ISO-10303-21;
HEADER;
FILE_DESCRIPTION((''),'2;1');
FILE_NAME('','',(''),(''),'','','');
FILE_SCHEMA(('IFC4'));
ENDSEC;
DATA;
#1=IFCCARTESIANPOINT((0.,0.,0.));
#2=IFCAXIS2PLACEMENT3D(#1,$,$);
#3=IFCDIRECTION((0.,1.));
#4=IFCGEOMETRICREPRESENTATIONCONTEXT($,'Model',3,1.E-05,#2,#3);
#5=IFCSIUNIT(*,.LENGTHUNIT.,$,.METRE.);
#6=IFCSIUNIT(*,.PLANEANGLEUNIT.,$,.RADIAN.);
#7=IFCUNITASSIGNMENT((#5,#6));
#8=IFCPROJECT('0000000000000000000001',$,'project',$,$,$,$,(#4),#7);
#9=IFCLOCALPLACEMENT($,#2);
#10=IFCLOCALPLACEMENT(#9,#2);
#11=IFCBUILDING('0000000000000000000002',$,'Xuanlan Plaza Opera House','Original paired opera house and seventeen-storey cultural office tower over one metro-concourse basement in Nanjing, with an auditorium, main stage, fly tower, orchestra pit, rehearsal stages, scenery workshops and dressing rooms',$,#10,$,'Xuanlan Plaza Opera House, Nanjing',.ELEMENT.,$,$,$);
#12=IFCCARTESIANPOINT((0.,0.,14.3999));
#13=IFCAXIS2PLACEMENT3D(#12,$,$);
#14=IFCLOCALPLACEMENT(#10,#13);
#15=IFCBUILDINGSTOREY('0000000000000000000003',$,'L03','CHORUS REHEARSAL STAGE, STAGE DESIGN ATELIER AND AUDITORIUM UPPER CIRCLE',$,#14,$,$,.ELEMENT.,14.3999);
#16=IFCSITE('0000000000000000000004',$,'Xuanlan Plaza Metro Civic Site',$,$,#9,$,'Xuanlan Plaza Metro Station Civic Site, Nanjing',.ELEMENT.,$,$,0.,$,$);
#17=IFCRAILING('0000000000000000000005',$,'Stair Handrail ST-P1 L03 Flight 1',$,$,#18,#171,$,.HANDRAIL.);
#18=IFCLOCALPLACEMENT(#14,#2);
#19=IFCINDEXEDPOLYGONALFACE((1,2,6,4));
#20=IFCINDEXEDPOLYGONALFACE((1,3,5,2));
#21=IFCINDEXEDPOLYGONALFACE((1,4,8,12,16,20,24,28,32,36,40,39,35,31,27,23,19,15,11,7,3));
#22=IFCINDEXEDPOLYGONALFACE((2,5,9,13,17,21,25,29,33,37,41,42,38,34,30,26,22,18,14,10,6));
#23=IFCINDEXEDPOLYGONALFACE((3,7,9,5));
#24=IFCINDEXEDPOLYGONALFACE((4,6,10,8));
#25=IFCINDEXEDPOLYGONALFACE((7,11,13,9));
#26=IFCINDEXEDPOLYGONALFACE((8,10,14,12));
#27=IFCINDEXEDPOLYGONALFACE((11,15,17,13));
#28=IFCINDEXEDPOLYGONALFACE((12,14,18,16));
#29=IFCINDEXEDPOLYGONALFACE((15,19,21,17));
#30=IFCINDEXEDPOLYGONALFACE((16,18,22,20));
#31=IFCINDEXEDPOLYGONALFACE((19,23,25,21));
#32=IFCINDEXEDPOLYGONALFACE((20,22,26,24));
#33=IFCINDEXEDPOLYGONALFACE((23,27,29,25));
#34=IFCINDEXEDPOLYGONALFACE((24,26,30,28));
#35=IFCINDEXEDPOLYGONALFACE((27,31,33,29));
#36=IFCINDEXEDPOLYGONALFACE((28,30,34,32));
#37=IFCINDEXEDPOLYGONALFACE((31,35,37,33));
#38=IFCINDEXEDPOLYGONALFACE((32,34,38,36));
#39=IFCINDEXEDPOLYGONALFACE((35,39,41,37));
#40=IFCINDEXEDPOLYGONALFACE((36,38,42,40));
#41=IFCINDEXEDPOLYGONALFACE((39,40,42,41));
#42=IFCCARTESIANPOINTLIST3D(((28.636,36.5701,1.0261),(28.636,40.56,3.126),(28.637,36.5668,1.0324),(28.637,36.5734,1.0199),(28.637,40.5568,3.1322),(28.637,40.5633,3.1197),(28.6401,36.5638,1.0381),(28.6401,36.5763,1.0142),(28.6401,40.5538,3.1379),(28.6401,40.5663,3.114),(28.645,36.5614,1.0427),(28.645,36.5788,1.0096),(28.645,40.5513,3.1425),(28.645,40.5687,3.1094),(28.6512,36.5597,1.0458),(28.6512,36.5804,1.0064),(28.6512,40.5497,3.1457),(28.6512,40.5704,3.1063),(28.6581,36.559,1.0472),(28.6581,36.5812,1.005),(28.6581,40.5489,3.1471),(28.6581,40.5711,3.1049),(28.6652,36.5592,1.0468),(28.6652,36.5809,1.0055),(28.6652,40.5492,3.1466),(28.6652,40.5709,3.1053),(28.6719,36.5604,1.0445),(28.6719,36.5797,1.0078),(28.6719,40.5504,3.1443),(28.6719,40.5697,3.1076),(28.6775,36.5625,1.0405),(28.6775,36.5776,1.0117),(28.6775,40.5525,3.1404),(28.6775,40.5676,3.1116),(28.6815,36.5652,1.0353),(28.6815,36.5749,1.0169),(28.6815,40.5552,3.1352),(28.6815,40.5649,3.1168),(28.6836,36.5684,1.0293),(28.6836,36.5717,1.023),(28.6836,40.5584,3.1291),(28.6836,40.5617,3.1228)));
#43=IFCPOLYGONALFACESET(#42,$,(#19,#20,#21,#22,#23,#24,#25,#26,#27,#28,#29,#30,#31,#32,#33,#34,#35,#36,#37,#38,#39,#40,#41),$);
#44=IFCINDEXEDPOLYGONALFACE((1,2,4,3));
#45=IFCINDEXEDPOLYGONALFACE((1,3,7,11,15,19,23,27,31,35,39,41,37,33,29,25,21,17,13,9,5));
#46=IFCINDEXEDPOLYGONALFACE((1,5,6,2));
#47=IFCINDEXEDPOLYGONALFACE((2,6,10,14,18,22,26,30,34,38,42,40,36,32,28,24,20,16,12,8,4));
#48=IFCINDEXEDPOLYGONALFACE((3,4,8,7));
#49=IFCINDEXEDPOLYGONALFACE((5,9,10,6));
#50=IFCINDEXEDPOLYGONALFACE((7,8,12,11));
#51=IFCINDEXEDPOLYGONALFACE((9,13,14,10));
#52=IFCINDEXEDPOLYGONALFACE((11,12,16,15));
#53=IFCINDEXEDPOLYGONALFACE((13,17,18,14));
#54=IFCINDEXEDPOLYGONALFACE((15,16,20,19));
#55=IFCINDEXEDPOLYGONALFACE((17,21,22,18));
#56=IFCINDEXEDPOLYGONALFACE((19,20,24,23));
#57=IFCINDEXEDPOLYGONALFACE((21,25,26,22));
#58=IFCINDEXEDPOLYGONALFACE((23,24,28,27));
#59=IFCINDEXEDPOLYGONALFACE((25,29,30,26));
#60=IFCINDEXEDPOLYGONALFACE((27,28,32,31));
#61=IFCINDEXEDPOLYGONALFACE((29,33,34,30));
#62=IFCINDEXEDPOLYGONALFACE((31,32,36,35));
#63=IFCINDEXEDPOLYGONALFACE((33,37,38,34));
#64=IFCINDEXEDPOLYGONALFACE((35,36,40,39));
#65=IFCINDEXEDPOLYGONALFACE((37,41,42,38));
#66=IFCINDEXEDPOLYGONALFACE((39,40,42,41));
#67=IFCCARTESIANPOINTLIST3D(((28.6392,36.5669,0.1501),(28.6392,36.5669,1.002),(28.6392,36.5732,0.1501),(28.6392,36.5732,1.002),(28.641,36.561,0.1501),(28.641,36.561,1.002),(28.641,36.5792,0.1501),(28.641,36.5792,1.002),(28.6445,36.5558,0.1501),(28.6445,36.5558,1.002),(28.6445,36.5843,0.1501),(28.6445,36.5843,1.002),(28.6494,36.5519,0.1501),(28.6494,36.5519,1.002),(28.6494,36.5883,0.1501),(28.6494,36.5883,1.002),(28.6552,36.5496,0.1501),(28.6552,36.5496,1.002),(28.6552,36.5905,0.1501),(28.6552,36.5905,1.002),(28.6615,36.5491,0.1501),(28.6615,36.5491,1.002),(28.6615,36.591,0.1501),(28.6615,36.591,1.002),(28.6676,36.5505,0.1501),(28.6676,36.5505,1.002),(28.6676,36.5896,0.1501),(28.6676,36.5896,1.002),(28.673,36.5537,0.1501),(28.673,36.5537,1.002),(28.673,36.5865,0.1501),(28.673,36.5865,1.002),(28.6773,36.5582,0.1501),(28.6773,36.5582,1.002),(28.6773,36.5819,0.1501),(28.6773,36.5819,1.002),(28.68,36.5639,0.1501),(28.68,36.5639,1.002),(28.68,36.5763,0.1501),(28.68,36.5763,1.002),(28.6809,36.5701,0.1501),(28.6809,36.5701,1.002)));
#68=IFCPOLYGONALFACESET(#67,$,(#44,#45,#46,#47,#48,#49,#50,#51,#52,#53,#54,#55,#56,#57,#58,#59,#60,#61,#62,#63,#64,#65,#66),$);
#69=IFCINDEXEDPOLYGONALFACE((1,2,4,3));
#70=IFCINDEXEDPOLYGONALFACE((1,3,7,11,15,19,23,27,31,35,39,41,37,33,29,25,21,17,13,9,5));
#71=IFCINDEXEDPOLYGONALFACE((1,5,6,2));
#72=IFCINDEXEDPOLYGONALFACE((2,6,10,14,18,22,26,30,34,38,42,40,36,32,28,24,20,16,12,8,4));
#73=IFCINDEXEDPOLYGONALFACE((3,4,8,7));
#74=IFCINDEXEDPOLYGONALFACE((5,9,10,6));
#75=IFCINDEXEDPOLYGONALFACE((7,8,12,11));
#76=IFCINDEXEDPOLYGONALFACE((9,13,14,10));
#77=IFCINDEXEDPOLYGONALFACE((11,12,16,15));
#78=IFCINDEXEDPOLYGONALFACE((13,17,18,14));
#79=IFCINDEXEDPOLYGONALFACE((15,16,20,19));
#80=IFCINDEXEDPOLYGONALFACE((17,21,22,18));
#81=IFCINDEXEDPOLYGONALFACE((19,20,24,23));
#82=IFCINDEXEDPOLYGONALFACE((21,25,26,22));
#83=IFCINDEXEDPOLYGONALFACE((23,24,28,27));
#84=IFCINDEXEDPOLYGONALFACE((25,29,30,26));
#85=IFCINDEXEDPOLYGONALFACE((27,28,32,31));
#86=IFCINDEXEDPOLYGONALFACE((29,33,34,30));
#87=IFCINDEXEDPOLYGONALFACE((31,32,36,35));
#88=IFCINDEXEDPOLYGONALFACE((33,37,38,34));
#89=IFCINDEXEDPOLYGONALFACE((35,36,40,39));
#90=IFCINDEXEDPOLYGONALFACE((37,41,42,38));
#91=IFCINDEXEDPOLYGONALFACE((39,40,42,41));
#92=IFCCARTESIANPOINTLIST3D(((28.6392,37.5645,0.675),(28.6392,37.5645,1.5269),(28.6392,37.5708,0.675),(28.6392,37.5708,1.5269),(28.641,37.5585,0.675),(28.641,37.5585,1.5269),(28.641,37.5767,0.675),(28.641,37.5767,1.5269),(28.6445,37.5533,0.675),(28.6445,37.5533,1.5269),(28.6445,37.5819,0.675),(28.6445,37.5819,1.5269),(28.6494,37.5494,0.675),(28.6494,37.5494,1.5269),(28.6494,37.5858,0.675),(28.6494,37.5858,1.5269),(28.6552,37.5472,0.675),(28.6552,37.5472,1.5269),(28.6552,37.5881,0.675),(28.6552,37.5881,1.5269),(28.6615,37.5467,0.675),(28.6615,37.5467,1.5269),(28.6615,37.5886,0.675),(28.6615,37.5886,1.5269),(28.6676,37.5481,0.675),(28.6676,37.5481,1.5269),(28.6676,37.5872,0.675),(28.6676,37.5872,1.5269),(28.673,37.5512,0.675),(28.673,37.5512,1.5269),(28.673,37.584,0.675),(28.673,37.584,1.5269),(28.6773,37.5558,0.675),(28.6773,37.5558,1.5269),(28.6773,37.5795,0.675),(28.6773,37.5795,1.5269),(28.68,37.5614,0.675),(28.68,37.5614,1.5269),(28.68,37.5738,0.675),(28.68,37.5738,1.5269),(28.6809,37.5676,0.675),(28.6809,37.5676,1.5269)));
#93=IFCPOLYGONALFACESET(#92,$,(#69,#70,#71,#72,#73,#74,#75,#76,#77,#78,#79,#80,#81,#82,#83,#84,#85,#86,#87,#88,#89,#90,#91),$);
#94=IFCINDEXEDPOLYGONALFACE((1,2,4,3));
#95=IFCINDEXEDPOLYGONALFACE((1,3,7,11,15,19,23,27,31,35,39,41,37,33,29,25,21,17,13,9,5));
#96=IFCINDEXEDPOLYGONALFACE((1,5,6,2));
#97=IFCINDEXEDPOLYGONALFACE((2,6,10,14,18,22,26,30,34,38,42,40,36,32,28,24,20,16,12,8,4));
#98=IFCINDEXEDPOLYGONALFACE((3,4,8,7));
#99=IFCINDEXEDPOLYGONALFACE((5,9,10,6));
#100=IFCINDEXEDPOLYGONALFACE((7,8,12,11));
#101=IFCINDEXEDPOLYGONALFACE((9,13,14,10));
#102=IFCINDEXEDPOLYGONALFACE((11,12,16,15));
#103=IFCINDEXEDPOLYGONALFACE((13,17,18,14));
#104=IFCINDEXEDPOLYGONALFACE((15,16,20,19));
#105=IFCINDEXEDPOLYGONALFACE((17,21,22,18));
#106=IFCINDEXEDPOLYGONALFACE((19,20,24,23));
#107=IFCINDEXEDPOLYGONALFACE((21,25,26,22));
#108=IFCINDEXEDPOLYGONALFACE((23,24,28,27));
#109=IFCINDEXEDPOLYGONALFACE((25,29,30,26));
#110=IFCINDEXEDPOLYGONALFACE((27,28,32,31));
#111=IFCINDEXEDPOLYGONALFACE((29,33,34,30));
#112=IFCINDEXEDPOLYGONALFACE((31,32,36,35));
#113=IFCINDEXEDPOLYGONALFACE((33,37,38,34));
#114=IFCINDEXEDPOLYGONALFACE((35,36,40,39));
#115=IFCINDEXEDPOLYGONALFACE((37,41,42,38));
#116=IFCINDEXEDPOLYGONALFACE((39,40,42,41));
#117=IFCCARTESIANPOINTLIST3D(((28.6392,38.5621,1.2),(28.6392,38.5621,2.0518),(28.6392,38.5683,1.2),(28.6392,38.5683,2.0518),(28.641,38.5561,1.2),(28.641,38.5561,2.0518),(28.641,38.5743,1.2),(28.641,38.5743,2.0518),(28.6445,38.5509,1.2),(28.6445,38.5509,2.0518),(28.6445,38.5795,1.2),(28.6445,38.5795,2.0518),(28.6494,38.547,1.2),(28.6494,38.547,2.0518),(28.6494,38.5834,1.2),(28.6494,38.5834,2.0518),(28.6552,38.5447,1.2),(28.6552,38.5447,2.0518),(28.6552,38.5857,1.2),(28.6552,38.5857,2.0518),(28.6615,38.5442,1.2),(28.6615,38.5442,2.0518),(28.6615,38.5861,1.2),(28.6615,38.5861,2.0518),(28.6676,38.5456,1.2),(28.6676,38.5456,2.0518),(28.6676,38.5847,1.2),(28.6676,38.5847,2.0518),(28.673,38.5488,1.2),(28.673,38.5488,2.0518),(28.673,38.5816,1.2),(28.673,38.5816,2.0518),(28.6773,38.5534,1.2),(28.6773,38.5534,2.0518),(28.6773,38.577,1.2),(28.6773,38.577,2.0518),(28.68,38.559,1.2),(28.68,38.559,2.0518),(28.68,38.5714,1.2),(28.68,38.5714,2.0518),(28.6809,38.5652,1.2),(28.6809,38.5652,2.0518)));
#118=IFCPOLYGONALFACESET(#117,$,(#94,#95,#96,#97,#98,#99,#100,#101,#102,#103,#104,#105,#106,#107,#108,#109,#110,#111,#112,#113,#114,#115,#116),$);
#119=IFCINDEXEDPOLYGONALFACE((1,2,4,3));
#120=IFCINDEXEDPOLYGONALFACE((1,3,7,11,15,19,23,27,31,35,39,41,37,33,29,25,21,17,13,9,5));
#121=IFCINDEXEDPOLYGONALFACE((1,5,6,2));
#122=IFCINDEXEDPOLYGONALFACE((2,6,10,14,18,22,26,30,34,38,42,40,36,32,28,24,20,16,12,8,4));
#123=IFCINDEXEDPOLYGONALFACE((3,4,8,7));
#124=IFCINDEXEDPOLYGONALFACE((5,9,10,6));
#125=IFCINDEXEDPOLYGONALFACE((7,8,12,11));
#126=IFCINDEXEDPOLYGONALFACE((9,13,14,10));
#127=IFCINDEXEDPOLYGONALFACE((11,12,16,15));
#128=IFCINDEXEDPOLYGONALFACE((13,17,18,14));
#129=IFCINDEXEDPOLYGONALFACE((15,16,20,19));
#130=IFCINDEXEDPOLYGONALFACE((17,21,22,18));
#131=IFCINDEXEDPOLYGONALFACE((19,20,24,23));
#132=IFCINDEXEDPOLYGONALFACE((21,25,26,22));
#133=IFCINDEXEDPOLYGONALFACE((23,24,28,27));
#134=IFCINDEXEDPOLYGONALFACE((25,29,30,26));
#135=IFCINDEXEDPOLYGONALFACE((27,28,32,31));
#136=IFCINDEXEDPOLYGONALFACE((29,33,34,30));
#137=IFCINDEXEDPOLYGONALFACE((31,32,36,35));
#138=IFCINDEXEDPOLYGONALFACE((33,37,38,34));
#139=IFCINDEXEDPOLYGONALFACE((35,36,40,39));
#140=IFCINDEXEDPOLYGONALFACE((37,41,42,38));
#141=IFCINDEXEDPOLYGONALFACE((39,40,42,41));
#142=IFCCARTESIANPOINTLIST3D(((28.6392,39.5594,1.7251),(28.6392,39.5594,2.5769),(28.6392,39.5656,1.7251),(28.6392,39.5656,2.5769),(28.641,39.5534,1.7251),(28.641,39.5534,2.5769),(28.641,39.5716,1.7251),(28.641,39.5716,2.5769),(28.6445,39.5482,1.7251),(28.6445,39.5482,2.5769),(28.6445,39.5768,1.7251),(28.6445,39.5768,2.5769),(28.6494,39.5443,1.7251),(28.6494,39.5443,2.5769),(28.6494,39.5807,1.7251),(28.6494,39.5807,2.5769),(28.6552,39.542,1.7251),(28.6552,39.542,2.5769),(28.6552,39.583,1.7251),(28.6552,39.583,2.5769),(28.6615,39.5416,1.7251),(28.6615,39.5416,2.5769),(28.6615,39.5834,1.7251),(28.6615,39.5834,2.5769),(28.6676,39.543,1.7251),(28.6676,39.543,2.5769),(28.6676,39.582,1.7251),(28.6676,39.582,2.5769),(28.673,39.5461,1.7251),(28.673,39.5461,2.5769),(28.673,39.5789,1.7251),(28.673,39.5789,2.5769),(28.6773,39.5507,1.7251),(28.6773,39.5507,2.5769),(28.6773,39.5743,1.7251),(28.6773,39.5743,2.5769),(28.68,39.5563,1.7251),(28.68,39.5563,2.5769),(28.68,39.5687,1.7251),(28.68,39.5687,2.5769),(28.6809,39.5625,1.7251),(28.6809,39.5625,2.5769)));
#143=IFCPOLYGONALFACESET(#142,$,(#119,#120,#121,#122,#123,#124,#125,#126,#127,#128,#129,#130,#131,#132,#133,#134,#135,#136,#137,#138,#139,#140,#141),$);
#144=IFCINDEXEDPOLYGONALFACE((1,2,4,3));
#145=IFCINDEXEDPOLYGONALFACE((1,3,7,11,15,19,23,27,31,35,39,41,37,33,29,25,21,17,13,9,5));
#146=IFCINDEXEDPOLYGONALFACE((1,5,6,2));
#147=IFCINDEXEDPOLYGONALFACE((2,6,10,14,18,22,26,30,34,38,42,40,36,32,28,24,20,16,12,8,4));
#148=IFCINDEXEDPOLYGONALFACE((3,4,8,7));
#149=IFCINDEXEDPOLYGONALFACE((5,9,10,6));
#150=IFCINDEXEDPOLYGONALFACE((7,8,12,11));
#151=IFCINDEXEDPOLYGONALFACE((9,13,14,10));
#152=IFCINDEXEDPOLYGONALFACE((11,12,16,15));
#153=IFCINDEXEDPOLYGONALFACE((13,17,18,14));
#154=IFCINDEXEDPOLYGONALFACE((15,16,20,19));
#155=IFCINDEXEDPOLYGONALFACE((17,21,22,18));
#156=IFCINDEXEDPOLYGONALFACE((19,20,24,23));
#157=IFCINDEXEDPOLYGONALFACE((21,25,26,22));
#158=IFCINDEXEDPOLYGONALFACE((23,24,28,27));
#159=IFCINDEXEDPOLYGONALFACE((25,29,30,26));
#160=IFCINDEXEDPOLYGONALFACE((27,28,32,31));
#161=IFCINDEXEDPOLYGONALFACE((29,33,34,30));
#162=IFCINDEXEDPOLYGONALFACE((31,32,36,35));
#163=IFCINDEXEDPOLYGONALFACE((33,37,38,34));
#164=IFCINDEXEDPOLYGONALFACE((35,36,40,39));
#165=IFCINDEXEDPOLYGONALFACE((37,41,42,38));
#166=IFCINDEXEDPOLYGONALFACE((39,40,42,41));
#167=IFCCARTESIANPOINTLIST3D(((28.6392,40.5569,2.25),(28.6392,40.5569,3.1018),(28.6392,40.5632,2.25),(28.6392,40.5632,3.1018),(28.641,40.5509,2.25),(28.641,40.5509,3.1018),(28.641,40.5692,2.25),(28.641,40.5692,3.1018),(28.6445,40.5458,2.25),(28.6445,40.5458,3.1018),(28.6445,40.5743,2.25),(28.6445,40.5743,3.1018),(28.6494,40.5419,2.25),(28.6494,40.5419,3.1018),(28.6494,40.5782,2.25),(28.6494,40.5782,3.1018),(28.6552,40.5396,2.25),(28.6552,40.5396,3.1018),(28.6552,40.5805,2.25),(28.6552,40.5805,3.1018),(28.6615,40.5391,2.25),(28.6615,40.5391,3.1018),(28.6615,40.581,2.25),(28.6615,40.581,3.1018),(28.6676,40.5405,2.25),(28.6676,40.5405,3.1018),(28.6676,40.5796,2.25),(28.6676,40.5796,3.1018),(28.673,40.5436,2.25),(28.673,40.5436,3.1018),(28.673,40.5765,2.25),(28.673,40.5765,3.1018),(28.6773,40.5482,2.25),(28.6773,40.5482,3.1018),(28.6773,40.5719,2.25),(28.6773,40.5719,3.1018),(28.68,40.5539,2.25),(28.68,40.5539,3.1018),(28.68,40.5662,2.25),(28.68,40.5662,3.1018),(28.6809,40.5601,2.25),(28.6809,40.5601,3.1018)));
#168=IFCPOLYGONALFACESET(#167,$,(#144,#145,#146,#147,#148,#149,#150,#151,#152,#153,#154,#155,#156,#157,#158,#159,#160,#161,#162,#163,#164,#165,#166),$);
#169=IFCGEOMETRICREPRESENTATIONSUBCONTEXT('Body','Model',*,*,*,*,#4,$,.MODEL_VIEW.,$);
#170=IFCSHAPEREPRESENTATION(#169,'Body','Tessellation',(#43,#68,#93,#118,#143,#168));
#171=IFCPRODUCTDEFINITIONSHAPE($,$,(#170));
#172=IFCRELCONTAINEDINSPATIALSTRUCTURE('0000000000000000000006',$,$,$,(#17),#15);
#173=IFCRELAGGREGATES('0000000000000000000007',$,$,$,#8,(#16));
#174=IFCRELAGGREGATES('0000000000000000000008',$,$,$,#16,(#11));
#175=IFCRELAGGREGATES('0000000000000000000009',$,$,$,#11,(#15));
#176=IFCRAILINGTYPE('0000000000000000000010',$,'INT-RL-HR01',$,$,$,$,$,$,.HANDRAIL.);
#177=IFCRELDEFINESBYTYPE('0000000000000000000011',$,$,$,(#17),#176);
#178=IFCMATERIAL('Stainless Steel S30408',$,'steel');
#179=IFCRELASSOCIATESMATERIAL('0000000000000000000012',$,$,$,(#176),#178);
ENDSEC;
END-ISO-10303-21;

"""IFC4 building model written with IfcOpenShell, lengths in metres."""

from ifc_helpers import new_model, si_unit, direction, frame, origin, origin_2d, place, context, subcontext, project, spatial, circle, extrude, material, type_object, element, save


model = new_model("IFC4")

# Units and contexts
model_context = context("Model", 3, precision=1e-05, world=origin(), true_north=direction((0.0, 1.0)))
body_context = subcontext(model_context, "Body", "Model", "MODEL_VIEW")
ifc_project = project(units=[si_unit("LENGTHUNIT", "METRE"), si_unit("PLANEANGLEUNIT", "RADIAN")], contexts=[model_context])

# Site, building, storey
site_placement = place(None, origin())
site = spatial("IfcSite", under=ifc_project, at=site_placement, Name="Xuanlan Plaza Metro Civic Site", LongName="Xuanlan Plaza Metro Station Civic Site, Nanjing", CompositionType="ELEMENT", RefElevation=0.0)
building_placement = place(site_placement, origin())
building = spatial("IfcBuilding", under=site, at=building_placement, Name="Xuanlan Plaza Opera House", Description="Original paired opera house and seventeen-storey cultural office tower over one metro-concourse basement in Nanjing, with an auditorium, main stage, fly tower, orchestra pit, rehearsal stages, scenery workshops and dressing rooms", LongName="Xuanlan Plaza Opera House, Nanjing", CompositionType="ELEMENT")
storey_placement = place(building_placement, frame((0.0, 0.0, 14.3999)))
storey = spatial("IfcBuildingStorey", under=building, at=storey_placement, Name="L03", Description="CHORUS REHEARSAL STAGE, STAGE DESIGN ATELIER AND AUDITORIUM UPPER CIRCLE", CompositionType="ELEMENT", Elevation=14.3999)

# Railing
ifc_material_1 = material(Name="Stainless Steel S30408", Category="steel")
railing_type = type_object("IfcRailingType", Name="INT-RL-HR01", PredefinedType="HANDRAIL", material=ifc_material_1)
railing_placement = place(storey_placement, frame((28.6599, 36.5701, 0.1501)))
element("IfcRailing", 1, at=railing_placement, inside=storey, type_object=railing_type, Name="Stair Handrail ST-P1 L03 Flight 1", PredefinedType="HANDRAIL", context=body_context, shape_type="SweptSolid", body=[
    extrude(circle(Radius=0.0239, at=origin_2d()), frame((0.0, 0.0, 0.876), z_axis=(0.0, 0.884931, 0.465722), x_axis=(-1.0, 0.0, 0.0)), (0.0, 0.0, 1.0), 4.5088),
    extrude(circle(Radius=0.021, at=origin_2d()), origin(), (0.0, 0.0, 1.0), 0.8518),
    extrude(circle(Radius=0.021, at=origin_2d()), frame((0.0, 0.9976, 0.5249)), (0.0, 0.0, 1.0), 0.8518),
    extrude(circle(Radius=0.021, at=origin_2d()), frame((0.0, 1.9951, 1.0498)), (0.0, 0.0, 1.0), 0.8518),
    extrude(circle(Radius=0.021, at=origin_2d()), frame((0.0, 2.9924, 1.575)), (0.0, 0.0, 1.0), 0.8518),
    extrude(circle(Radius=0.021, at=origin_2d()), frame((0.0, 3.99, 2.0999)), (0.0, 0.0, 1.0), 0.8518),
])

save(model, "model.ifc")
